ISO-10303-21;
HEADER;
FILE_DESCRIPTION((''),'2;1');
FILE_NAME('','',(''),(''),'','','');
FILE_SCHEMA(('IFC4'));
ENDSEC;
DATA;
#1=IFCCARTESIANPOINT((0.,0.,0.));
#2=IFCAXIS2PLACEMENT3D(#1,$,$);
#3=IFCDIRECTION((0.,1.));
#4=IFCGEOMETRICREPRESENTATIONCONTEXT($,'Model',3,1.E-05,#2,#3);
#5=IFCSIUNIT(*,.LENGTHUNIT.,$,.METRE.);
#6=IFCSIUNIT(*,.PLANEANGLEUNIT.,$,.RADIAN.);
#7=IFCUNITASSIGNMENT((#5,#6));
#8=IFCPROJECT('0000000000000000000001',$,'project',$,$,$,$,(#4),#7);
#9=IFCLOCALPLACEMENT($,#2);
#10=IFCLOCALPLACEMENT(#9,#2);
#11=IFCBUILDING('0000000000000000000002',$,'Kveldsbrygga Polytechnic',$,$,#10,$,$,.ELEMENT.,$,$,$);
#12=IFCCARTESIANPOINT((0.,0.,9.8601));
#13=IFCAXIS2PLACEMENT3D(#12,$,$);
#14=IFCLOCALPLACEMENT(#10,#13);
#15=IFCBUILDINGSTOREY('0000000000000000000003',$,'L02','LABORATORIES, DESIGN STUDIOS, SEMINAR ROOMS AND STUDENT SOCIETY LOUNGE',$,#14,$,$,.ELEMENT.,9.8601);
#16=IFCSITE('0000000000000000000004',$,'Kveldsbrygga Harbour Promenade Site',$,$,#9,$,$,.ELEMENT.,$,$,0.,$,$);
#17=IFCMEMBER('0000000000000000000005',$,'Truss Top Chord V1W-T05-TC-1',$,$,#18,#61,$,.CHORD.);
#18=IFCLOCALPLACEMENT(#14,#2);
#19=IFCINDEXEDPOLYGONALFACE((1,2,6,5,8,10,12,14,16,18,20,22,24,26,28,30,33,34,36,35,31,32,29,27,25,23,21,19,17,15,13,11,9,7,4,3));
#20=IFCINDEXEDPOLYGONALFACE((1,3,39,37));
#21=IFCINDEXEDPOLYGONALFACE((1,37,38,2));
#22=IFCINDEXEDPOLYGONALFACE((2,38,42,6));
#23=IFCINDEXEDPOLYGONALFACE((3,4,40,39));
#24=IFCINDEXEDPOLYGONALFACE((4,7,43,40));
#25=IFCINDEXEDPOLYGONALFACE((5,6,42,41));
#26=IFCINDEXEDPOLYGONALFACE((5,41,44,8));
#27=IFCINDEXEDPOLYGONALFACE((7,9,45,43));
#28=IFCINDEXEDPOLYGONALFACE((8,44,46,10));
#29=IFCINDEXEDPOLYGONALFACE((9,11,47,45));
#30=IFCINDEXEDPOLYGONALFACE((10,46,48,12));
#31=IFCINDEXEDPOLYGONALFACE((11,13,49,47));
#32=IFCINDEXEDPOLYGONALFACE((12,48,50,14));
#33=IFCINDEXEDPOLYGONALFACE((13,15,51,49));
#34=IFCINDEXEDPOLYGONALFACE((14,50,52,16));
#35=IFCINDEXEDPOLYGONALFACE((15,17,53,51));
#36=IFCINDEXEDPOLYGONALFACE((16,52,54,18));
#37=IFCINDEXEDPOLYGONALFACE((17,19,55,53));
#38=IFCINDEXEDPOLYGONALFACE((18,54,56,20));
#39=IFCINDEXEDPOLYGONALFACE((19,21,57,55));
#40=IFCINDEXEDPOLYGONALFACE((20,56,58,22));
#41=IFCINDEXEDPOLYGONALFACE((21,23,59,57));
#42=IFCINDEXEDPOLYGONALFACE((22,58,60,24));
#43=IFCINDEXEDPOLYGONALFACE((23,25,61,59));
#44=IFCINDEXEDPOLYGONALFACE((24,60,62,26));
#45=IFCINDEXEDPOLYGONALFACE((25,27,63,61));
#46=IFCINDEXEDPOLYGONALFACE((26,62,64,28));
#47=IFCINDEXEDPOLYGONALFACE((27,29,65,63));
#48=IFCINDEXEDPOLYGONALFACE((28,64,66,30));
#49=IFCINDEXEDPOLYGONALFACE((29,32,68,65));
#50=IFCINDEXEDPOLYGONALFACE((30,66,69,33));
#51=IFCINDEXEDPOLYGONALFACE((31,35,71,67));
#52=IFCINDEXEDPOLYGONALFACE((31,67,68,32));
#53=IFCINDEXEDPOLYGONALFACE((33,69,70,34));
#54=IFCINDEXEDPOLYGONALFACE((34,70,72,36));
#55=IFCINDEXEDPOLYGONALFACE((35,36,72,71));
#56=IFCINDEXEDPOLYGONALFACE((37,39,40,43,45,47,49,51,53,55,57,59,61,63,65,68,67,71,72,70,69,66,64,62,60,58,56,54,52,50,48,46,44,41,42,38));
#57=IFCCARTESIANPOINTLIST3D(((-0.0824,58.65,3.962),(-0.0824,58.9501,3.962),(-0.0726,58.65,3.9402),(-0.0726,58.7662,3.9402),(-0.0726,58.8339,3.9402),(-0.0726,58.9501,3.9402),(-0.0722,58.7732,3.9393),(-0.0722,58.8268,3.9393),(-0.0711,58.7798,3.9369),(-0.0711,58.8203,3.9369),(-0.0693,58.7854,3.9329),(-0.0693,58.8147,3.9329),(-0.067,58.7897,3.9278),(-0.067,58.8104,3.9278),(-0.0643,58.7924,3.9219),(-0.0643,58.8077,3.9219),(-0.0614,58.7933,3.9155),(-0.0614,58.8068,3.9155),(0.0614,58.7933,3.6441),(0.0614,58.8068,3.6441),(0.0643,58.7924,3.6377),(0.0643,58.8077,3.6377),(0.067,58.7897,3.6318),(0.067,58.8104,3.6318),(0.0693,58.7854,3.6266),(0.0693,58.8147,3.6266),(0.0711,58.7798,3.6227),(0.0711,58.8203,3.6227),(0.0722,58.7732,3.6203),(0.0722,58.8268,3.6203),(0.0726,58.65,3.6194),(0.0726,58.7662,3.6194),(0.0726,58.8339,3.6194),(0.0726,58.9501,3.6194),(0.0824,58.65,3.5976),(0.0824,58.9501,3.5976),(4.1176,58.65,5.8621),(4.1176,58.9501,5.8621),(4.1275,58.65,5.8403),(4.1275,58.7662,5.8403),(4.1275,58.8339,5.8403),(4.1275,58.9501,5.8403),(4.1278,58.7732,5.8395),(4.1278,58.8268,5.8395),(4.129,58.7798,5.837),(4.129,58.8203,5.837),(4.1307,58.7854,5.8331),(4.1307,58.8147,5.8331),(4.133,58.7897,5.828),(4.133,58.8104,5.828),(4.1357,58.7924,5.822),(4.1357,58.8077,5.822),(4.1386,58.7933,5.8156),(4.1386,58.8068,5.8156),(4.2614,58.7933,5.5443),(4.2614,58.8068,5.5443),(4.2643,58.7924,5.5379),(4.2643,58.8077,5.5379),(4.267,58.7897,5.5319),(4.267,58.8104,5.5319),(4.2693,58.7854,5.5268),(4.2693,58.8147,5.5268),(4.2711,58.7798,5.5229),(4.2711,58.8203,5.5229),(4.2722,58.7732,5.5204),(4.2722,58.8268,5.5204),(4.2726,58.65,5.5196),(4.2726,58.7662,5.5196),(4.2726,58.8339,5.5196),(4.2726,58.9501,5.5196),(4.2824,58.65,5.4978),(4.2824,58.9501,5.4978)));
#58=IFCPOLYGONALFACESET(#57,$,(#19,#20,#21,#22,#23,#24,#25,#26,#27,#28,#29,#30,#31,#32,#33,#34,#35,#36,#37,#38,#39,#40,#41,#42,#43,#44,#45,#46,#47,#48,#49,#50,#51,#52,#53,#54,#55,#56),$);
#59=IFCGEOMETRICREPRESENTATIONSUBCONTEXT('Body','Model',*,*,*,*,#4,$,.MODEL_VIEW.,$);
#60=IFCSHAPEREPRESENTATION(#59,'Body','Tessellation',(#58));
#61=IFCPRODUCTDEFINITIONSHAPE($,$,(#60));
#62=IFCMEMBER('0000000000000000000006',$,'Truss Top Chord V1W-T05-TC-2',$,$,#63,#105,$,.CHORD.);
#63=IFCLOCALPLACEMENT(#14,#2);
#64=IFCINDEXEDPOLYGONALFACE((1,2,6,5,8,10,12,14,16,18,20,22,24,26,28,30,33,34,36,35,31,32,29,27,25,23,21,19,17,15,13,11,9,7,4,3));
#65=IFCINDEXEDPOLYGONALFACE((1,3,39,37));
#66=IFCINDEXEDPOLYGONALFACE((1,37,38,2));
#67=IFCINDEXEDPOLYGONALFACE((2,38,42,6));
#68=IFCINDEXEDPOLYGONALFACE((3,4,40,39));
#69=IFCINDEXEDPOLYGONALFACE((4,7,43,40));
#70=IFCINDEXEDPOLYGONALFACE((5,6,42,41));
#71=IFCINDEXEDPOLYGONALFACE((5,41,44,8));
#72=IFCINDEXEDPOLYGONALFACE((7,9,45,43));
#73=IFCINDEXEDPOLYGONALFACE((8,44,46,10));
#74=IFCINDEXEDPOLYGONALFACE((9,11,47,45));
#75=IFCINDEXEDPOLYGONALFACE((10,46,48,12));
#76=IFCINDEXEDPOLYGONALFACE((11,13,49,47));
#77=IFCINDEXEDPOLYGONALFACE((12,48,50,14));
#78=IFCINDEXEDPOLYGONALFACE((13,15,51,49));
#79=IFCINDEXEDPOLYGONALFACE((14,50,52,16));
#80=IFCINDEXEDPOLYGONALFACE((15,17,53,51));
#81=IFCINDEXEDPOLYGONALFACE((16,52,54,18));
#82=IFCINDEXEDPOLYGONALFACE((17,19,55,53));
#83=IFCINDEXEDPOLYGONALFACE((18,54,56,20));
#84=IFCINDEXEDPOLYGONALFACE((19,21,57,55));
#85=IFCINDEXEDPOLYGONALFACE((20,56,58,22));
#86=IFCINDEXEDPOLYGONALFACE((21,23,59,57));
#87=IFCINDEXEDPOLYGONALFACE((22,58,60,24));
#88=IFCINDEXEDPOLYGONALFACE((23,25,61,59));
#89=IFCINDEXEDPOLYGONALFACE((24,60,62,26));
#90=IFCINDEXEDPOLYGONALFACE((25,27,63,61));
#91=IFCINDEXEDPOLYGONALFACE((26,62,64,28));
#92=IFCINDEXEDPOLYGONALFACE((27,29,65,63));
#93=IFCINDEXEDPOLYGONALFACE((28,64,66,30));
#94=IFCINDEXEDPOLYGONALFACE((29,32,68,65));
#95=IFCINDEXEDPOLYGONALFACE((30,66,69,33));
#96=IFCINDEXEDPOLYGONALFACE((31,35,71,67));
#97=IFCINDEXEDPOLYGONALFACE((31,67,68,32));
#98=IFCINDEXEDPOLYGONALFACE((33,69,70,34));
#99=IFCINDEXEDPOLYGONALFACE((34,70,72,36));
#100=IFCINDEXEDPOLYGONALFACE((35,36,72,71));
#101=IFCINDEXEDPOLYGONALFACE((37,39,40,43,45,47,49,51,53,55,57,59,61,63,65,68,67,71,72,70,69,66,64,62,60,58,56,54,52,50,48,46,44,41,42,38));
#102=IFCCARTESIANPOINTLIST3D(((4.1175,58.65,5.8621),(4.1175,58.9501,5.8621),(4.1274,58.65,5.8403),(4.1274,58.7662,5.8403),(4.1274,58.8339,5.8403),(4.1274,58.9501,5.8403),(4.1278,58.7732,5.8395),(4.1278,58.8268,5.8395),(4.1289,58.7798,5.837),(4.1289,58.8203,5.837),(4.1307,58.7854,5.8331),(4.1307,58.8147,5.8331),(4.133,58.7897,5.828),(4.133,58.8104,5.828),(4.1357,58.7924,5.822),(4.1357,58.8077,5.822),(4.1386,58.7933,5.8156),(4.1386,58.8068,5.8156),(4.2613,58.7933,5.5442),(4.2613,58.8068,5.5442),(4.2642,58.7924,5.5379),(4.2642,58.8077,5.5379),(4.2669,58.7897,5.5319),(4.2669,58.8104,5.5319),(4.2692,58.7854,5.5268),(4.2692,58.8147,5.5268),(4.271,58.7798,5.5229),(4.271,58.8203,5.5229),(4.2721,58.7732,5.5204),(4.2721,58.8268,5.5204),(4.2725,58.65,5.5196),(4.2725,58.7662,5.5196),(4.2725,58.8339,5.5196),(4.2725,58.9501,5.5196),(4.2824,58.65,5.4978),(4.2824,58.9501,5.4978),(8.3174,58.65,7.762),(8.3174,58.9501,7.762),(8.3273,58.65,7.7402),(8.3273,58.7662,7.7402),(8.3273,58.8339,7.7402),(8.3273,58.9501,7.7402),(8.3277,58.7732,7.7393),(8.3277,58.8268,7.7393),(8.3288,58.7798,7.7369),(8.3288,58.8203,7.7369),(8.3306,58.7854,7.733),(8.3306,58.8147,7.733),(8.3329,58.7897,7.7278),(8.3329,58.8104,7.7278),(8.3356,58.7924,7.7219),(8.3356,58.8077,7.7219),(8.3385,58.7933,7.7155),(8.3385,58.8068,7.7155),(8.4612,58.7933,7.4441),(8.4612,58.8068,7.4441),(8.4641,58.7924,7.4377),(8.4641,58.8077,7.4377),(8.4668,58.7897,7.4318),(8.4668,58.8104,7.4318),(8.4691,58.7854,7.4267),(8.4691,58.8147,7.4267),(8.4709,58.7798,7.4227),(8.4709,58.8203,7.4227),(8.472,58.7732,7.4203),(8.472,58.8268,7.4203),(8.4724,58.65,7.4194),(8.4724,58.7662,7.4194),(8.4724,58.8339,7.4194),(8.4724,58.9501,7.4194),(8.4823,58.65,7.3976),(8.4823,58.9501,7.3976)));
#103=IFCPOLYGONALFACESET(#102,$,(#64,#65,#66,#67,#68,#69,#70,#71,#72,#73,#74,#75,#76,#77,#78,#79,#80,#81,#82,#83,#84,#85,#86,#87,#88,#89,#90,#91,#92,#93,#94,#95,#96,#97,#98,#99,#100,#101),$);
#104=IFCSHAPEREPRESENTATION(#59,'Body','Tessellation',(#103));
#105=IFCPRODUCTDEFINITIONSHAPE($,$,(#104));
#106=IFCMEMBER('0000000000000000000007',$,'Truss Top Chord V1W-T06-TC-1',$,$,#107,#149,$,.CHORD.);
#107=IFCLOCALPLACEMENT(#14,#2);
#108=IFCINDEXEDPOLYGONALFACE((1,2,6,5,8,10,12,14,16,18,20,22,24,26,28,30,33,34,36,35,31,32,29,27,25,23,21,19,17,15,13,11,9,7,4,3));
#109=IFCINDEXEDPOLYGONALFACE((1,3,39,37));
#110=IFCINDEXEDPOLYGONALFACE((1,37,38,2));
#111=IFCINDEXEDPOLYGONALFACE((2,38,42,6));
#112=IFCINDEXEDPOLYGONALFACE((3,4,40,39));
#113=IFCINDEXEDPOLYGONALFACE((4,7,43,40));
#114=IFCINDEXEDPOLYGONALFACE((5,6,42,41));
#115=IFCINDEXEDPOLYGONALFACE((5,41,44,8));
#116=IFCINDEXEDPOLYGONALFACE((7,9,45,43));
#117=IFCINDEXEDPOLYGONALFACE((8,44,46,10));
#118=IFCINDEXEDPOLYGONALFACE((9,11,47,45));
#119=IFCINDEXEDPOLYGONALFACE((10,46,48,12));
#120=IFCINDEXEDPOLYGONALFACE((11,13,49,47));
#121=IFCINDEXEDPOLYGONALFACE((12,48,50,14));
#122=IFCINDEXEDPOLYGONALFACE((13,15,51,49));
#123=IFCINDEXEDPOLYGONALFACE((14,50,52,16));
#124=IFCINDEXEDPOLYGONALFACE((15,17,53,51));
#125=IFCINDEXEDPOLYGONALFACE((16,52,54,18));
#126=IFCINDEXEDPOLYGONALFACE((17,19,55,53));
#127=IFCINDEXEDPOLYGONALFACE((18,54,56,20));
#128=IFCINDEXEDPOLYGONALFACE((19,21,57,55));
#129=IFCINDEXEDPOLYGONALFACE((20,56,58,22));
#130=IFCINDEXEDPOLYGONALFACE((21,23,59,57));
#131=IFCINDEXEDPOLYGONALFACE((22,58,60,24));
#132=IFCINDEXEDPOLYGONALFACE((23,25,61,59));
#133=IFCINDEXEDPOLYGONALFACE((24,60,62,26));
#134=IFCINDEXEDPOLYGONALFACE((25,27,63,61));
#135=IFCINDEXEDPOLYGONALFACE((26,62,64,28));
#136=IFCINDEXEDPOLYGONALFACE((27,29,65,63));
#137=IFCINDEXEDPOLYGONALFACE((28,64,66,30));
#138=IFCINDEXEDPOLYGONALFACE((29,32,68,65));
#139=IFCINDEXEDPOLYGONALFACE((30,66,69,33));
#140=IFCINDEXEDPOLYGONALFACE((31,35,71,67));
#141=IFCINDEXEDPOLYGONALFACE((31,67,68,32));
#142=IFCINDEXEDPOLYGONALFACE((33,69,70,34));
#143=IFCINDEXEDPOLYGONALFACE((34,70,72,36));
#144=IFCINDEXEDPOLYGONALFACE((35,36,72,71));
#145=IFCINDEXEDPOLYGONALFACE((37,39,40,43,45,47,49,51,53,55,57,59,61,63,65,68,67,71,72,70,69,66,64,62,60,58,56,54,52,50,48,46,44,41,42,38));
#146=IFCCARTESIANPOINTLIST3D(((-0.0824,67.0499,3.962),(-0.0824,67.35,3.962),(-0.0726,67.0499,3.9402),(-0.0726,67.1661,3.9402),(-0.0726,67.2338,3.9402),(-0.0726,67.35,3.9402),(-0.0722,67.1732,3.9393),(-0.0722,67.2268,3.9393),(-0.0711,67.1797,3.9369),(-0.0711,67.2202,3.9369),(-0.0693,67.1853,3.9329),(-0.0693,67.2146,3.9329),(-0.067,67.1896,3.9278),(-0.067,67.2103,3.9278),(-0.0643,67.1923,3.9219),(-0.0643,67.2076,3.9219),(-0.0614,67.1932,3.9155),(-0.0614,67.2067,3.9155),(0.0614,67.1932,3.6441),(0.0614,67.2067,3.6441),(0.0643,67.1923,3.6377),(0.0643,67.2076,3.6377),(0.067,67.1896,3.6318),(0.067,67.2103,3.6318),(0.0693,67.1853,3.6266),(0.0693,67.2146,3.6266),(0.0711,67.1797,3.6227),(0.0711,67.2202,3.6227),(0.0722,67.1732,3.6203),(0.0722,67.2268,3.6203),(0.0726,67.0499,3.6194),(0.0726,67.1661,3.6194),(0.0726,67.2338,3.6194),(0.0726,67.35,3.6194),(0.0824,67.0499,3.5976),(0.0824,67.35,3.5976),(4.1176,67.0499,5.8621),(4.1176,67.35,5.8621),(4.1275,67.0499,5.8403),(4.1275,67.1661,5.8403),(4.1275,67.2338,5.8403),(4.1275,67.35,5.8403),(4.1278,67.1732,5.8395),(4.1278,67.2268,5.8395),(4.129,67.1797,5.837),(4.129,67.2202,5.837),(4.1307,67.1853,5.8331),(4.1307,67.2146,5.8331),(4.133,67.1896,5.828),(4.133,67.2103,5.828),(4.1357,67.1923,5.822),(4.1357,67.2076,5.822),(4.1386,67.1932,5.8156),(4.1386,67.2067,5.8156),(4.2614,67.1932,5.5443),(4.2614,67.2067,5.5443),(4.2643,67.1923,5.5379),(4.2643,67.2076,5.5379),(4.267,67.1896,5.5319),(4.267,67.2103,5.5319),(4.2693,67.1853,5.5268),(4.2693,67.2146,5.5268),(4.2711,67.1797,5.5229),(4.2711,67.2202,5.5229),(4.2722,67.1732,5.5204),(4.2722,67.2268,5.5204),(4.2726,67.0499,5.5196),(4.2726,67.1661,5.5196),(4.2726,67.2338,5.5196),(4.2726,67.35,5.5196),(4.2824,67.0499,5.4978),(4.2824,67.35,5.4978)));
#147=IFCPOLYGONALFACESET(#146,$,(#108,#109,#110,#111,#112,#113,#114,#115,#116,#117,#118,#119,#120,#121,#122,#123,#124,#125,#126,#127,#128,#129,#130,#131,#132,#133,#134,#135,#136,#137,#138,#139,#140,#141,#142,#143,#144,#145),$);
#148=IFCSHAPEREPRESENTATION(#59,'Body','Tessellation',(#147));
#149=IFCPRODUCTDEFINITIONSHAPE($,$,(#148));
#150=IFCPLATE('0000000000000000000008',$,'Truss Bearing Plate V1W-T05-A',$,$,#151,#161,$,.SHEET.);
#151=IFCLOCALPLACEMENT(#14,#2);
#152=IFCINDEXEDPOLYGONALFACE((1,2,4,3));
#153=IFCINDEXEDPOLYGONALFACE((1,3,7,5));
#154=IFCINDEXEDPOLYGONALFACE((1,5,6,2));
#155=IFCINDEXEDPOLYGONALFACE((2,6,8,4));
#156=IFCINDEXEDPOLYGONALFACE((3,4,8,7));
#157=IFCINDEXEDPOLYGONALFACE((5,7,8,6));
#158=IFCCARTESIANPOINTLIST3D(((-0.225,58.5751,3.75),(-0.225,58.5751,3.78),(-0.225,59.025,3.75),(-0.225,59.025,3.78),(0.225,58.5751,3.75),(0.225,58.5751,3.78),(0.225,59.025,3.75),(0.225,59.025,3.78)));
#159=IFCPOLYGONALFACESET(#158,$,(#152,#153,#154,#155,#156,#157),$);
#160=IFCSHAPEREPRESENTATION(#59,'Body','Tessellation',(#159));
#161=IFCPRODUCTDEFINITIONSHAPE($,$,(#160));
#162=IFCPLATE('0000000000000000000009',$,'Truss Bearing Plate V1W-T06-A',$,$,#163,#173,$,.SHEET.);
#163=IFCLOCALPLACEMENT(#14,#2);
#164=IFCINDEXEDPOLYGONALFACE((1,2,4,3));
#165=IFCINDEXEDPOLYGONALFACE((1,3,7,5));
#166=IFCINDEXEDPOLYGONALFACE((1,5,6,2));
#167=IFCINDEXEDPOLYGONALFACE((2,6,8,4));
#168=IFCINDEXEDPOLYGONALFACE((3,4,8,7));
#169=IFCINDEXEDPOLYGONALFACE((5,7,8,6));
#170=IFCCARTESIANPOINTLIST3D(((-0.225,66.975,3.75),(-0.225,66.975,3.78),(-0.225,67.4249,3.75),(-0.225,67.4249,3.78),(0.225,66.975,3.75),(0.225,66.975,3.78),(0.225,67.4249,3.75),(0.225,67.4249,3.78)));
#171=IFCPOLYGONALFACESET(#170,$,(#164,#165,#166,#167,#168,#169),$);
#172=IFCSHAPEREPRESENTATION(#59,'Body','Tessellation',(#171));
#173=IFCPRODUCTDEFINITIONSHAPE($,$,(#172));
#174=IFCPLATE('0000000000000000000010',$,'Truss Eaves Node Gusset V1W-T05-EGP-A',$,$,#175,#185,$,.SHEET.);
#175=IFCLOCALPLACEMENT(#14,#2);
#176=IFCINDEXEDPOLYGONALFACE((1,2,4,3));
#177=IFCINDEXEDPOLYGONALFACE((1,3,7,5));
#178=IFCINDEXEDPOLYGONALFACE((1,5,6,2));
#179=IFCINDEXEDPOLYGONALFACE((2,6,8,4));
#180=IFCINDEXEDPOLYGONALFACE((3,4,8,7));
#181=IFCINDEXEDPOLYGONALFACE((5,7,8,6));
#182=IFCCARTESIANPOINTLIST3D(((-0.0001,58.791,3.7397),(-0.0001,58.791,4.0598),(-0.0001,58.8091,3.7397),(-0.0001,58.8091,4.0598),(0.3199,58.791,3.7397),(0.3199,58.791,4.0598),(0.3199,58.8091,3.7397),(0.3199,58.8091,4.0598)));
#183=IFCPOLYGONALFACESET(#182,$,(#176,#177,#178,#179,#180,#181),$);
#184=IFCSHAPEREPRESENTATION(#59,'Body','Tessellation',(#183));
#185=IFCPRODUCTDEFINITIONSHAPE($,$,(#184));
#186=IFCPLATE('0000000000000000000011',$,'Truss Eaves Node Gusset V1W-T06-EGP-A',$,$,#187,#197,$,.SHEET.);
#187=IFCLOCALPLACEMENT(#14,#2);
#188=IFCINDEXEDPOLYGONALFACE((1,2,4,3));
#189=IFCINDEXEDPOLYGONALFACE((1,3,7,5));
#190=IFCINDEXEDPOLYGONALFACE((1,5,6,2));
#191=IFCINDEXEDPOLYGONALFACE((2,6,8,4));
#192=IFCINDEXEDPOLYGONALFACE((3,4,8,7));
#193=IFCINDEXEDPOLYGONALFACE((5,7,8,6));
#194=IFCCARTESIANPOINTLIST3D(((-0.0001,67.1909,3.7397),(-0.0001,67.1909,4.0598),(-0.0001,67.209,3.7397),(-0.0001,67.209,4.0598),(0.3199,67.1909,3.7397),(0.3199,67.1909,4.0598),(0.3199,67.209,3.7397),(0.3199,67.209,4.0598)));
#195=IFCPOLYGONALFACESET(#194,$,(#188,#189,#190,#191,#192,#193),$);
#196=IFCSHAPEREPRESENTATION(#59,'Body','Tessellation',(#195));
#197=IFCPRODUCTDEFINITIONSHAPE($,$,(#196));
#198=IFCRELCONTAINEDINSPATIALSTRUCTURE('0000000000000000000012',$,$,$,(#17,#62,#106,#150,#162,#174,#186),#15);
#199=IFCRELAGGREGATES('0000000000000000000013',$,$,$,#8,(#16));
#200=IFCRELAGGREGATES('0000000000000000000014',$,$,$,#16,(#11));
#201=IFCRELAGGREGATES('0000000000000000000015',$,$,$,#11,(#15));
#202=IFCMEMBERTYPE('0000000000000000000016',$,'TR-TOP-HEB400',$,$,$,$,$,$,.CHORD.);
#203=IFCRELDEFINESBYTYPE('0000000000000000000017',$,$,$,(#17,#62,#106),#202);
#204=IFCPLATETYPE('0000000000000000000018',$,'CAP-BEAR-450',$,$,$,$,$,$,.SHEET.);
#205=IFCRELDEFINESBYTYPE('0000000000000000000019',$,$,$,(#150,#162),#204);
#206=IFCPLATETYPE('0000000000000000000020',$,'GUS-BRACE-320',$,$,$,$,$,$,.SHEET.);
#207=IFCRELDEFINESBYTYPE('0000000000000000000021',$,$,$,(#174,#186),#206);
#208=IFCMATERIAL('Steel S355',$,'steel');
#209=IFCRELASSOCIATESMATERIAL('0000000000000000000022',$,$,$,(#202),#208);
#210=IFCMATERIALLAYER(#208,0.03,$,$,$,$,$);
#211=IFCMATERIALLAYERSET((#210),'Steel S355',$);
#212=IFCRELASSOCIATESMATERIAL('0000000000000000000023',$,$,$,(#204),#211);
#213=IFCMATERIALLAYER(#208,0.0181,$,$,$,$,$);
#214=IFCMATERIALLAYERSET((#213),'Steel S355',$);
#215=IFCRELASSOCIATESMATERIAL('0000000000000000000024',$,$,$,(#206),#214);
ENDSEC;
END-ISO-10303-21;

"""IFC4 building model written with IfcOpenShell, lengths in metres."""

from ifc_helpers import new_model, si_unit, direction, frame, origin, origin_2d, place, context, subcontext, project, spatial, rectangle, i_section, extrude, material, layer, layer_set, material_profile, profile_set, type_object, element, save


model = new_model("IFC4")

# Units and contexts
model_context = context("Model", 3, precision=1e-05, world=origin(), true_north=direction((0.0, 1.0)))
body_context = subcontext(model_context, "Body", "Model", "MODEL_VIEW")
ifc_project = project(units=[si_unit("LENGTHUNIT", "METRE"), si_unit("PLANEANGLEUNIT", "RADIAN")], contexts=[model_context])

# Site, building, storey
site_placement = place(None, origin())
site = spatial("IfcSite", under=ifc_project, at=site_placement, Name="Kveldsbrygga Harbour Promenade Site", CompositionType="ELEMENT", RefElevation=0.0)
building_placement = place(site_placement, origin())
building = spatial("IfcBuilding", under=site, at=building_placement, Name="Kveldsbrygga Polytechnic", CompositionType="ELEMENT")
storey_placement = place(building_placement, frame((0.0, 0.0, 9.8601)))
storey = spatial("IfcBuildingStorey", under=building, at=storey_placement, Name="L02", Description="LABORATORIES, DESIGN STUDIOS, SEMINAR ROOMS AND STUDENT SOCIETY LOUNGE", CompositionType="ELEMENT", Elevation=9.8601)

# Shared definitions
ifc_material_1 = material(Name="Steel S355", Category="steel")

# Members
ifc_material_profile_1 = material_profile(ifc_material_1, i_section(OverallWidth=0.3, OverallDepth=0.3999, WebThickness=0.0134, FlangeThickness=0.0239, FilletRadius=0.0271, at=origin_2d()), Name="HEB 400")
ifc_profile_set_1 = profile_set([ifc_material_profile_1], Name="Steel S355")
member_type_1 = type_object("IfcMemberType", Name="TR-TOP-HEB400", PredefinedType="CHORD", material=ifc_profile_set_1)
member_1_placement = place(storey_placement, frame((0.0, 58.8, 3.7798), z_axis=(0.911094, 0.0, 0.412198), x_axis=(0.0, 1.0, 0.0)))
element("IfcMember", 1, at=member_1_placement, inside=storey, type_object=member_type_1, Name="Truss Top Chord V1W-T05-TC-1", PredefinedType="CHORD", context=body_context, shape_type="SweptSolid", body=[
    extrude(i_section(OverallWidth=0.3, OverallDepth=0.3999, WebThickness=0.0134, FlangeThickness=0.0239, FilletRadius=0.0271, at=origin_2d()), origin(), (0.0, 0.0, 1.0), 4.6099),
])
member_2_placement = place(storey_placement, frame((4.2, 58.8, 5.6799), z_axis=(0.911114, 0.0, 0.412154), x_axis=(0.0, 1.0, 0.0)))
element("IfcMember", 2, at=member_2_placement, inside=storey, type_object=member_type_1, Name="Truss Top Chord V1W-T05-TC-2", PredefinedType="CHORD", context=body_context, shape_type="SweptSolid", body=[
    extrude(i_section(OverallWidth=0.3, OverallDepth=0.3999, WebThickness=0.0134, FlangeThickness=0.0239, FilletRadius=0.0271, at=origin_2d()), origin(), (0.0, 0.0, 1.0), 4.6096),
])
member_3_placement = place(storey_placement, frame((0.0, 67.2, 3.7798), z_axis=(0.911094, 0.0, 0.412198), x_axis=(0.0, 1.0, 0.0)))
element("IfcMember", 3, at=member_3_placement, inside=storey, type_object=member_type_1, Name="Truss Top Chord V1W-T06-TC-1", PredefinedType="CHORD", context=body_context, shape_type="SweptSolid", body=[
    extrude(i_section(OverallWidth=0.3, OverallDepth=0.3999, WebThickness=0.0134, FlangeThickness=0.0239, FilletRadius=0.0271, at=origin_2d()), origin(), (0.0, 0.0, 1.0), 4.6099),
])

# Plates
ifc_layer_1 = layer(ifc_material_1, 0.03)
ifc_layer_set_1 = layer_set([ifc_layer_1], Name="Steel S355")
plate_type_1 = type_object("IfcPlateType", Name="CAP-BEAR-450", PredefinedType="SHEET", material=ifc_layer_set_1)
for number, where, z_axis, x_axis, name in (
    (4, (0.0, 58.8, 3.75), (0.0, 0.0, 1.0), (1.0, 0.0, 0.0), "Truss Bearing Plate V1W-T05-A"),
    (5, (0.0, 67.2, 3.75), (0.0, 0.0, 1.0), (1.0, 0.0, 0.0), "Truss Bearing Plate V1W-T06-A"),
):
    element("IfcPlate", number, at=place(storey_placement, frame(where, z_axis=z_axis, x_axis=x_axis)), inside=storey, type_object=plate_type_1, Name=name, PredefinedType="SHEET", context=body_context, shape_type="SweptSolid", body=[
        extrude(rectangle(XDim=0.45, YDim=0.45, at=origin_2d()), origin(), (0.0, 0.0, 1.0), 0.03),
    ])
ifc_layer_2 = layer(ifc_material_1, 0.0181)
ifc_layer_set_2 = layer_set([ifc_layer_2], Name="Steel S355")
plate_type_2 = type_object("IfcPlateType", Name="GUS-BRACE-320", PredefinedType="SHEET", material=ifc_layer_set_2)
for number, where, z_axis, x_axis, name in (
    (6, (0.1599, 58.8, 3.7397), (0.0, 0.0, 1.0), (1.0, 0.0, 0.0), "Truss Eaves Node Gusset V1W-T05-EGP-A"),
    (7, (0.1599, 67.2, 3.7397), (0.0, 0.0, 1.0), (1.0, 0.0, 0.0), "Truss Eaves Node Gusset V1W-T06-EGP-A"),
):
    element("IfcPlate", number, at=place(storey_placement, frame(where, z_axis=z_axis, x_axis=x_axis)), inside=storey, type_object=plate_type_2, Name=name, PredefinedType="SHEET", context=body_context, shape_type="SweptSolid", body=[
        extrude(rectangle(XDim=0.3201, YDim=0.0181, at=origin_2d()), origin(), (0.0, 0.0, 1.0), 0.3201),
    ])

save(model, "model.ifc")
